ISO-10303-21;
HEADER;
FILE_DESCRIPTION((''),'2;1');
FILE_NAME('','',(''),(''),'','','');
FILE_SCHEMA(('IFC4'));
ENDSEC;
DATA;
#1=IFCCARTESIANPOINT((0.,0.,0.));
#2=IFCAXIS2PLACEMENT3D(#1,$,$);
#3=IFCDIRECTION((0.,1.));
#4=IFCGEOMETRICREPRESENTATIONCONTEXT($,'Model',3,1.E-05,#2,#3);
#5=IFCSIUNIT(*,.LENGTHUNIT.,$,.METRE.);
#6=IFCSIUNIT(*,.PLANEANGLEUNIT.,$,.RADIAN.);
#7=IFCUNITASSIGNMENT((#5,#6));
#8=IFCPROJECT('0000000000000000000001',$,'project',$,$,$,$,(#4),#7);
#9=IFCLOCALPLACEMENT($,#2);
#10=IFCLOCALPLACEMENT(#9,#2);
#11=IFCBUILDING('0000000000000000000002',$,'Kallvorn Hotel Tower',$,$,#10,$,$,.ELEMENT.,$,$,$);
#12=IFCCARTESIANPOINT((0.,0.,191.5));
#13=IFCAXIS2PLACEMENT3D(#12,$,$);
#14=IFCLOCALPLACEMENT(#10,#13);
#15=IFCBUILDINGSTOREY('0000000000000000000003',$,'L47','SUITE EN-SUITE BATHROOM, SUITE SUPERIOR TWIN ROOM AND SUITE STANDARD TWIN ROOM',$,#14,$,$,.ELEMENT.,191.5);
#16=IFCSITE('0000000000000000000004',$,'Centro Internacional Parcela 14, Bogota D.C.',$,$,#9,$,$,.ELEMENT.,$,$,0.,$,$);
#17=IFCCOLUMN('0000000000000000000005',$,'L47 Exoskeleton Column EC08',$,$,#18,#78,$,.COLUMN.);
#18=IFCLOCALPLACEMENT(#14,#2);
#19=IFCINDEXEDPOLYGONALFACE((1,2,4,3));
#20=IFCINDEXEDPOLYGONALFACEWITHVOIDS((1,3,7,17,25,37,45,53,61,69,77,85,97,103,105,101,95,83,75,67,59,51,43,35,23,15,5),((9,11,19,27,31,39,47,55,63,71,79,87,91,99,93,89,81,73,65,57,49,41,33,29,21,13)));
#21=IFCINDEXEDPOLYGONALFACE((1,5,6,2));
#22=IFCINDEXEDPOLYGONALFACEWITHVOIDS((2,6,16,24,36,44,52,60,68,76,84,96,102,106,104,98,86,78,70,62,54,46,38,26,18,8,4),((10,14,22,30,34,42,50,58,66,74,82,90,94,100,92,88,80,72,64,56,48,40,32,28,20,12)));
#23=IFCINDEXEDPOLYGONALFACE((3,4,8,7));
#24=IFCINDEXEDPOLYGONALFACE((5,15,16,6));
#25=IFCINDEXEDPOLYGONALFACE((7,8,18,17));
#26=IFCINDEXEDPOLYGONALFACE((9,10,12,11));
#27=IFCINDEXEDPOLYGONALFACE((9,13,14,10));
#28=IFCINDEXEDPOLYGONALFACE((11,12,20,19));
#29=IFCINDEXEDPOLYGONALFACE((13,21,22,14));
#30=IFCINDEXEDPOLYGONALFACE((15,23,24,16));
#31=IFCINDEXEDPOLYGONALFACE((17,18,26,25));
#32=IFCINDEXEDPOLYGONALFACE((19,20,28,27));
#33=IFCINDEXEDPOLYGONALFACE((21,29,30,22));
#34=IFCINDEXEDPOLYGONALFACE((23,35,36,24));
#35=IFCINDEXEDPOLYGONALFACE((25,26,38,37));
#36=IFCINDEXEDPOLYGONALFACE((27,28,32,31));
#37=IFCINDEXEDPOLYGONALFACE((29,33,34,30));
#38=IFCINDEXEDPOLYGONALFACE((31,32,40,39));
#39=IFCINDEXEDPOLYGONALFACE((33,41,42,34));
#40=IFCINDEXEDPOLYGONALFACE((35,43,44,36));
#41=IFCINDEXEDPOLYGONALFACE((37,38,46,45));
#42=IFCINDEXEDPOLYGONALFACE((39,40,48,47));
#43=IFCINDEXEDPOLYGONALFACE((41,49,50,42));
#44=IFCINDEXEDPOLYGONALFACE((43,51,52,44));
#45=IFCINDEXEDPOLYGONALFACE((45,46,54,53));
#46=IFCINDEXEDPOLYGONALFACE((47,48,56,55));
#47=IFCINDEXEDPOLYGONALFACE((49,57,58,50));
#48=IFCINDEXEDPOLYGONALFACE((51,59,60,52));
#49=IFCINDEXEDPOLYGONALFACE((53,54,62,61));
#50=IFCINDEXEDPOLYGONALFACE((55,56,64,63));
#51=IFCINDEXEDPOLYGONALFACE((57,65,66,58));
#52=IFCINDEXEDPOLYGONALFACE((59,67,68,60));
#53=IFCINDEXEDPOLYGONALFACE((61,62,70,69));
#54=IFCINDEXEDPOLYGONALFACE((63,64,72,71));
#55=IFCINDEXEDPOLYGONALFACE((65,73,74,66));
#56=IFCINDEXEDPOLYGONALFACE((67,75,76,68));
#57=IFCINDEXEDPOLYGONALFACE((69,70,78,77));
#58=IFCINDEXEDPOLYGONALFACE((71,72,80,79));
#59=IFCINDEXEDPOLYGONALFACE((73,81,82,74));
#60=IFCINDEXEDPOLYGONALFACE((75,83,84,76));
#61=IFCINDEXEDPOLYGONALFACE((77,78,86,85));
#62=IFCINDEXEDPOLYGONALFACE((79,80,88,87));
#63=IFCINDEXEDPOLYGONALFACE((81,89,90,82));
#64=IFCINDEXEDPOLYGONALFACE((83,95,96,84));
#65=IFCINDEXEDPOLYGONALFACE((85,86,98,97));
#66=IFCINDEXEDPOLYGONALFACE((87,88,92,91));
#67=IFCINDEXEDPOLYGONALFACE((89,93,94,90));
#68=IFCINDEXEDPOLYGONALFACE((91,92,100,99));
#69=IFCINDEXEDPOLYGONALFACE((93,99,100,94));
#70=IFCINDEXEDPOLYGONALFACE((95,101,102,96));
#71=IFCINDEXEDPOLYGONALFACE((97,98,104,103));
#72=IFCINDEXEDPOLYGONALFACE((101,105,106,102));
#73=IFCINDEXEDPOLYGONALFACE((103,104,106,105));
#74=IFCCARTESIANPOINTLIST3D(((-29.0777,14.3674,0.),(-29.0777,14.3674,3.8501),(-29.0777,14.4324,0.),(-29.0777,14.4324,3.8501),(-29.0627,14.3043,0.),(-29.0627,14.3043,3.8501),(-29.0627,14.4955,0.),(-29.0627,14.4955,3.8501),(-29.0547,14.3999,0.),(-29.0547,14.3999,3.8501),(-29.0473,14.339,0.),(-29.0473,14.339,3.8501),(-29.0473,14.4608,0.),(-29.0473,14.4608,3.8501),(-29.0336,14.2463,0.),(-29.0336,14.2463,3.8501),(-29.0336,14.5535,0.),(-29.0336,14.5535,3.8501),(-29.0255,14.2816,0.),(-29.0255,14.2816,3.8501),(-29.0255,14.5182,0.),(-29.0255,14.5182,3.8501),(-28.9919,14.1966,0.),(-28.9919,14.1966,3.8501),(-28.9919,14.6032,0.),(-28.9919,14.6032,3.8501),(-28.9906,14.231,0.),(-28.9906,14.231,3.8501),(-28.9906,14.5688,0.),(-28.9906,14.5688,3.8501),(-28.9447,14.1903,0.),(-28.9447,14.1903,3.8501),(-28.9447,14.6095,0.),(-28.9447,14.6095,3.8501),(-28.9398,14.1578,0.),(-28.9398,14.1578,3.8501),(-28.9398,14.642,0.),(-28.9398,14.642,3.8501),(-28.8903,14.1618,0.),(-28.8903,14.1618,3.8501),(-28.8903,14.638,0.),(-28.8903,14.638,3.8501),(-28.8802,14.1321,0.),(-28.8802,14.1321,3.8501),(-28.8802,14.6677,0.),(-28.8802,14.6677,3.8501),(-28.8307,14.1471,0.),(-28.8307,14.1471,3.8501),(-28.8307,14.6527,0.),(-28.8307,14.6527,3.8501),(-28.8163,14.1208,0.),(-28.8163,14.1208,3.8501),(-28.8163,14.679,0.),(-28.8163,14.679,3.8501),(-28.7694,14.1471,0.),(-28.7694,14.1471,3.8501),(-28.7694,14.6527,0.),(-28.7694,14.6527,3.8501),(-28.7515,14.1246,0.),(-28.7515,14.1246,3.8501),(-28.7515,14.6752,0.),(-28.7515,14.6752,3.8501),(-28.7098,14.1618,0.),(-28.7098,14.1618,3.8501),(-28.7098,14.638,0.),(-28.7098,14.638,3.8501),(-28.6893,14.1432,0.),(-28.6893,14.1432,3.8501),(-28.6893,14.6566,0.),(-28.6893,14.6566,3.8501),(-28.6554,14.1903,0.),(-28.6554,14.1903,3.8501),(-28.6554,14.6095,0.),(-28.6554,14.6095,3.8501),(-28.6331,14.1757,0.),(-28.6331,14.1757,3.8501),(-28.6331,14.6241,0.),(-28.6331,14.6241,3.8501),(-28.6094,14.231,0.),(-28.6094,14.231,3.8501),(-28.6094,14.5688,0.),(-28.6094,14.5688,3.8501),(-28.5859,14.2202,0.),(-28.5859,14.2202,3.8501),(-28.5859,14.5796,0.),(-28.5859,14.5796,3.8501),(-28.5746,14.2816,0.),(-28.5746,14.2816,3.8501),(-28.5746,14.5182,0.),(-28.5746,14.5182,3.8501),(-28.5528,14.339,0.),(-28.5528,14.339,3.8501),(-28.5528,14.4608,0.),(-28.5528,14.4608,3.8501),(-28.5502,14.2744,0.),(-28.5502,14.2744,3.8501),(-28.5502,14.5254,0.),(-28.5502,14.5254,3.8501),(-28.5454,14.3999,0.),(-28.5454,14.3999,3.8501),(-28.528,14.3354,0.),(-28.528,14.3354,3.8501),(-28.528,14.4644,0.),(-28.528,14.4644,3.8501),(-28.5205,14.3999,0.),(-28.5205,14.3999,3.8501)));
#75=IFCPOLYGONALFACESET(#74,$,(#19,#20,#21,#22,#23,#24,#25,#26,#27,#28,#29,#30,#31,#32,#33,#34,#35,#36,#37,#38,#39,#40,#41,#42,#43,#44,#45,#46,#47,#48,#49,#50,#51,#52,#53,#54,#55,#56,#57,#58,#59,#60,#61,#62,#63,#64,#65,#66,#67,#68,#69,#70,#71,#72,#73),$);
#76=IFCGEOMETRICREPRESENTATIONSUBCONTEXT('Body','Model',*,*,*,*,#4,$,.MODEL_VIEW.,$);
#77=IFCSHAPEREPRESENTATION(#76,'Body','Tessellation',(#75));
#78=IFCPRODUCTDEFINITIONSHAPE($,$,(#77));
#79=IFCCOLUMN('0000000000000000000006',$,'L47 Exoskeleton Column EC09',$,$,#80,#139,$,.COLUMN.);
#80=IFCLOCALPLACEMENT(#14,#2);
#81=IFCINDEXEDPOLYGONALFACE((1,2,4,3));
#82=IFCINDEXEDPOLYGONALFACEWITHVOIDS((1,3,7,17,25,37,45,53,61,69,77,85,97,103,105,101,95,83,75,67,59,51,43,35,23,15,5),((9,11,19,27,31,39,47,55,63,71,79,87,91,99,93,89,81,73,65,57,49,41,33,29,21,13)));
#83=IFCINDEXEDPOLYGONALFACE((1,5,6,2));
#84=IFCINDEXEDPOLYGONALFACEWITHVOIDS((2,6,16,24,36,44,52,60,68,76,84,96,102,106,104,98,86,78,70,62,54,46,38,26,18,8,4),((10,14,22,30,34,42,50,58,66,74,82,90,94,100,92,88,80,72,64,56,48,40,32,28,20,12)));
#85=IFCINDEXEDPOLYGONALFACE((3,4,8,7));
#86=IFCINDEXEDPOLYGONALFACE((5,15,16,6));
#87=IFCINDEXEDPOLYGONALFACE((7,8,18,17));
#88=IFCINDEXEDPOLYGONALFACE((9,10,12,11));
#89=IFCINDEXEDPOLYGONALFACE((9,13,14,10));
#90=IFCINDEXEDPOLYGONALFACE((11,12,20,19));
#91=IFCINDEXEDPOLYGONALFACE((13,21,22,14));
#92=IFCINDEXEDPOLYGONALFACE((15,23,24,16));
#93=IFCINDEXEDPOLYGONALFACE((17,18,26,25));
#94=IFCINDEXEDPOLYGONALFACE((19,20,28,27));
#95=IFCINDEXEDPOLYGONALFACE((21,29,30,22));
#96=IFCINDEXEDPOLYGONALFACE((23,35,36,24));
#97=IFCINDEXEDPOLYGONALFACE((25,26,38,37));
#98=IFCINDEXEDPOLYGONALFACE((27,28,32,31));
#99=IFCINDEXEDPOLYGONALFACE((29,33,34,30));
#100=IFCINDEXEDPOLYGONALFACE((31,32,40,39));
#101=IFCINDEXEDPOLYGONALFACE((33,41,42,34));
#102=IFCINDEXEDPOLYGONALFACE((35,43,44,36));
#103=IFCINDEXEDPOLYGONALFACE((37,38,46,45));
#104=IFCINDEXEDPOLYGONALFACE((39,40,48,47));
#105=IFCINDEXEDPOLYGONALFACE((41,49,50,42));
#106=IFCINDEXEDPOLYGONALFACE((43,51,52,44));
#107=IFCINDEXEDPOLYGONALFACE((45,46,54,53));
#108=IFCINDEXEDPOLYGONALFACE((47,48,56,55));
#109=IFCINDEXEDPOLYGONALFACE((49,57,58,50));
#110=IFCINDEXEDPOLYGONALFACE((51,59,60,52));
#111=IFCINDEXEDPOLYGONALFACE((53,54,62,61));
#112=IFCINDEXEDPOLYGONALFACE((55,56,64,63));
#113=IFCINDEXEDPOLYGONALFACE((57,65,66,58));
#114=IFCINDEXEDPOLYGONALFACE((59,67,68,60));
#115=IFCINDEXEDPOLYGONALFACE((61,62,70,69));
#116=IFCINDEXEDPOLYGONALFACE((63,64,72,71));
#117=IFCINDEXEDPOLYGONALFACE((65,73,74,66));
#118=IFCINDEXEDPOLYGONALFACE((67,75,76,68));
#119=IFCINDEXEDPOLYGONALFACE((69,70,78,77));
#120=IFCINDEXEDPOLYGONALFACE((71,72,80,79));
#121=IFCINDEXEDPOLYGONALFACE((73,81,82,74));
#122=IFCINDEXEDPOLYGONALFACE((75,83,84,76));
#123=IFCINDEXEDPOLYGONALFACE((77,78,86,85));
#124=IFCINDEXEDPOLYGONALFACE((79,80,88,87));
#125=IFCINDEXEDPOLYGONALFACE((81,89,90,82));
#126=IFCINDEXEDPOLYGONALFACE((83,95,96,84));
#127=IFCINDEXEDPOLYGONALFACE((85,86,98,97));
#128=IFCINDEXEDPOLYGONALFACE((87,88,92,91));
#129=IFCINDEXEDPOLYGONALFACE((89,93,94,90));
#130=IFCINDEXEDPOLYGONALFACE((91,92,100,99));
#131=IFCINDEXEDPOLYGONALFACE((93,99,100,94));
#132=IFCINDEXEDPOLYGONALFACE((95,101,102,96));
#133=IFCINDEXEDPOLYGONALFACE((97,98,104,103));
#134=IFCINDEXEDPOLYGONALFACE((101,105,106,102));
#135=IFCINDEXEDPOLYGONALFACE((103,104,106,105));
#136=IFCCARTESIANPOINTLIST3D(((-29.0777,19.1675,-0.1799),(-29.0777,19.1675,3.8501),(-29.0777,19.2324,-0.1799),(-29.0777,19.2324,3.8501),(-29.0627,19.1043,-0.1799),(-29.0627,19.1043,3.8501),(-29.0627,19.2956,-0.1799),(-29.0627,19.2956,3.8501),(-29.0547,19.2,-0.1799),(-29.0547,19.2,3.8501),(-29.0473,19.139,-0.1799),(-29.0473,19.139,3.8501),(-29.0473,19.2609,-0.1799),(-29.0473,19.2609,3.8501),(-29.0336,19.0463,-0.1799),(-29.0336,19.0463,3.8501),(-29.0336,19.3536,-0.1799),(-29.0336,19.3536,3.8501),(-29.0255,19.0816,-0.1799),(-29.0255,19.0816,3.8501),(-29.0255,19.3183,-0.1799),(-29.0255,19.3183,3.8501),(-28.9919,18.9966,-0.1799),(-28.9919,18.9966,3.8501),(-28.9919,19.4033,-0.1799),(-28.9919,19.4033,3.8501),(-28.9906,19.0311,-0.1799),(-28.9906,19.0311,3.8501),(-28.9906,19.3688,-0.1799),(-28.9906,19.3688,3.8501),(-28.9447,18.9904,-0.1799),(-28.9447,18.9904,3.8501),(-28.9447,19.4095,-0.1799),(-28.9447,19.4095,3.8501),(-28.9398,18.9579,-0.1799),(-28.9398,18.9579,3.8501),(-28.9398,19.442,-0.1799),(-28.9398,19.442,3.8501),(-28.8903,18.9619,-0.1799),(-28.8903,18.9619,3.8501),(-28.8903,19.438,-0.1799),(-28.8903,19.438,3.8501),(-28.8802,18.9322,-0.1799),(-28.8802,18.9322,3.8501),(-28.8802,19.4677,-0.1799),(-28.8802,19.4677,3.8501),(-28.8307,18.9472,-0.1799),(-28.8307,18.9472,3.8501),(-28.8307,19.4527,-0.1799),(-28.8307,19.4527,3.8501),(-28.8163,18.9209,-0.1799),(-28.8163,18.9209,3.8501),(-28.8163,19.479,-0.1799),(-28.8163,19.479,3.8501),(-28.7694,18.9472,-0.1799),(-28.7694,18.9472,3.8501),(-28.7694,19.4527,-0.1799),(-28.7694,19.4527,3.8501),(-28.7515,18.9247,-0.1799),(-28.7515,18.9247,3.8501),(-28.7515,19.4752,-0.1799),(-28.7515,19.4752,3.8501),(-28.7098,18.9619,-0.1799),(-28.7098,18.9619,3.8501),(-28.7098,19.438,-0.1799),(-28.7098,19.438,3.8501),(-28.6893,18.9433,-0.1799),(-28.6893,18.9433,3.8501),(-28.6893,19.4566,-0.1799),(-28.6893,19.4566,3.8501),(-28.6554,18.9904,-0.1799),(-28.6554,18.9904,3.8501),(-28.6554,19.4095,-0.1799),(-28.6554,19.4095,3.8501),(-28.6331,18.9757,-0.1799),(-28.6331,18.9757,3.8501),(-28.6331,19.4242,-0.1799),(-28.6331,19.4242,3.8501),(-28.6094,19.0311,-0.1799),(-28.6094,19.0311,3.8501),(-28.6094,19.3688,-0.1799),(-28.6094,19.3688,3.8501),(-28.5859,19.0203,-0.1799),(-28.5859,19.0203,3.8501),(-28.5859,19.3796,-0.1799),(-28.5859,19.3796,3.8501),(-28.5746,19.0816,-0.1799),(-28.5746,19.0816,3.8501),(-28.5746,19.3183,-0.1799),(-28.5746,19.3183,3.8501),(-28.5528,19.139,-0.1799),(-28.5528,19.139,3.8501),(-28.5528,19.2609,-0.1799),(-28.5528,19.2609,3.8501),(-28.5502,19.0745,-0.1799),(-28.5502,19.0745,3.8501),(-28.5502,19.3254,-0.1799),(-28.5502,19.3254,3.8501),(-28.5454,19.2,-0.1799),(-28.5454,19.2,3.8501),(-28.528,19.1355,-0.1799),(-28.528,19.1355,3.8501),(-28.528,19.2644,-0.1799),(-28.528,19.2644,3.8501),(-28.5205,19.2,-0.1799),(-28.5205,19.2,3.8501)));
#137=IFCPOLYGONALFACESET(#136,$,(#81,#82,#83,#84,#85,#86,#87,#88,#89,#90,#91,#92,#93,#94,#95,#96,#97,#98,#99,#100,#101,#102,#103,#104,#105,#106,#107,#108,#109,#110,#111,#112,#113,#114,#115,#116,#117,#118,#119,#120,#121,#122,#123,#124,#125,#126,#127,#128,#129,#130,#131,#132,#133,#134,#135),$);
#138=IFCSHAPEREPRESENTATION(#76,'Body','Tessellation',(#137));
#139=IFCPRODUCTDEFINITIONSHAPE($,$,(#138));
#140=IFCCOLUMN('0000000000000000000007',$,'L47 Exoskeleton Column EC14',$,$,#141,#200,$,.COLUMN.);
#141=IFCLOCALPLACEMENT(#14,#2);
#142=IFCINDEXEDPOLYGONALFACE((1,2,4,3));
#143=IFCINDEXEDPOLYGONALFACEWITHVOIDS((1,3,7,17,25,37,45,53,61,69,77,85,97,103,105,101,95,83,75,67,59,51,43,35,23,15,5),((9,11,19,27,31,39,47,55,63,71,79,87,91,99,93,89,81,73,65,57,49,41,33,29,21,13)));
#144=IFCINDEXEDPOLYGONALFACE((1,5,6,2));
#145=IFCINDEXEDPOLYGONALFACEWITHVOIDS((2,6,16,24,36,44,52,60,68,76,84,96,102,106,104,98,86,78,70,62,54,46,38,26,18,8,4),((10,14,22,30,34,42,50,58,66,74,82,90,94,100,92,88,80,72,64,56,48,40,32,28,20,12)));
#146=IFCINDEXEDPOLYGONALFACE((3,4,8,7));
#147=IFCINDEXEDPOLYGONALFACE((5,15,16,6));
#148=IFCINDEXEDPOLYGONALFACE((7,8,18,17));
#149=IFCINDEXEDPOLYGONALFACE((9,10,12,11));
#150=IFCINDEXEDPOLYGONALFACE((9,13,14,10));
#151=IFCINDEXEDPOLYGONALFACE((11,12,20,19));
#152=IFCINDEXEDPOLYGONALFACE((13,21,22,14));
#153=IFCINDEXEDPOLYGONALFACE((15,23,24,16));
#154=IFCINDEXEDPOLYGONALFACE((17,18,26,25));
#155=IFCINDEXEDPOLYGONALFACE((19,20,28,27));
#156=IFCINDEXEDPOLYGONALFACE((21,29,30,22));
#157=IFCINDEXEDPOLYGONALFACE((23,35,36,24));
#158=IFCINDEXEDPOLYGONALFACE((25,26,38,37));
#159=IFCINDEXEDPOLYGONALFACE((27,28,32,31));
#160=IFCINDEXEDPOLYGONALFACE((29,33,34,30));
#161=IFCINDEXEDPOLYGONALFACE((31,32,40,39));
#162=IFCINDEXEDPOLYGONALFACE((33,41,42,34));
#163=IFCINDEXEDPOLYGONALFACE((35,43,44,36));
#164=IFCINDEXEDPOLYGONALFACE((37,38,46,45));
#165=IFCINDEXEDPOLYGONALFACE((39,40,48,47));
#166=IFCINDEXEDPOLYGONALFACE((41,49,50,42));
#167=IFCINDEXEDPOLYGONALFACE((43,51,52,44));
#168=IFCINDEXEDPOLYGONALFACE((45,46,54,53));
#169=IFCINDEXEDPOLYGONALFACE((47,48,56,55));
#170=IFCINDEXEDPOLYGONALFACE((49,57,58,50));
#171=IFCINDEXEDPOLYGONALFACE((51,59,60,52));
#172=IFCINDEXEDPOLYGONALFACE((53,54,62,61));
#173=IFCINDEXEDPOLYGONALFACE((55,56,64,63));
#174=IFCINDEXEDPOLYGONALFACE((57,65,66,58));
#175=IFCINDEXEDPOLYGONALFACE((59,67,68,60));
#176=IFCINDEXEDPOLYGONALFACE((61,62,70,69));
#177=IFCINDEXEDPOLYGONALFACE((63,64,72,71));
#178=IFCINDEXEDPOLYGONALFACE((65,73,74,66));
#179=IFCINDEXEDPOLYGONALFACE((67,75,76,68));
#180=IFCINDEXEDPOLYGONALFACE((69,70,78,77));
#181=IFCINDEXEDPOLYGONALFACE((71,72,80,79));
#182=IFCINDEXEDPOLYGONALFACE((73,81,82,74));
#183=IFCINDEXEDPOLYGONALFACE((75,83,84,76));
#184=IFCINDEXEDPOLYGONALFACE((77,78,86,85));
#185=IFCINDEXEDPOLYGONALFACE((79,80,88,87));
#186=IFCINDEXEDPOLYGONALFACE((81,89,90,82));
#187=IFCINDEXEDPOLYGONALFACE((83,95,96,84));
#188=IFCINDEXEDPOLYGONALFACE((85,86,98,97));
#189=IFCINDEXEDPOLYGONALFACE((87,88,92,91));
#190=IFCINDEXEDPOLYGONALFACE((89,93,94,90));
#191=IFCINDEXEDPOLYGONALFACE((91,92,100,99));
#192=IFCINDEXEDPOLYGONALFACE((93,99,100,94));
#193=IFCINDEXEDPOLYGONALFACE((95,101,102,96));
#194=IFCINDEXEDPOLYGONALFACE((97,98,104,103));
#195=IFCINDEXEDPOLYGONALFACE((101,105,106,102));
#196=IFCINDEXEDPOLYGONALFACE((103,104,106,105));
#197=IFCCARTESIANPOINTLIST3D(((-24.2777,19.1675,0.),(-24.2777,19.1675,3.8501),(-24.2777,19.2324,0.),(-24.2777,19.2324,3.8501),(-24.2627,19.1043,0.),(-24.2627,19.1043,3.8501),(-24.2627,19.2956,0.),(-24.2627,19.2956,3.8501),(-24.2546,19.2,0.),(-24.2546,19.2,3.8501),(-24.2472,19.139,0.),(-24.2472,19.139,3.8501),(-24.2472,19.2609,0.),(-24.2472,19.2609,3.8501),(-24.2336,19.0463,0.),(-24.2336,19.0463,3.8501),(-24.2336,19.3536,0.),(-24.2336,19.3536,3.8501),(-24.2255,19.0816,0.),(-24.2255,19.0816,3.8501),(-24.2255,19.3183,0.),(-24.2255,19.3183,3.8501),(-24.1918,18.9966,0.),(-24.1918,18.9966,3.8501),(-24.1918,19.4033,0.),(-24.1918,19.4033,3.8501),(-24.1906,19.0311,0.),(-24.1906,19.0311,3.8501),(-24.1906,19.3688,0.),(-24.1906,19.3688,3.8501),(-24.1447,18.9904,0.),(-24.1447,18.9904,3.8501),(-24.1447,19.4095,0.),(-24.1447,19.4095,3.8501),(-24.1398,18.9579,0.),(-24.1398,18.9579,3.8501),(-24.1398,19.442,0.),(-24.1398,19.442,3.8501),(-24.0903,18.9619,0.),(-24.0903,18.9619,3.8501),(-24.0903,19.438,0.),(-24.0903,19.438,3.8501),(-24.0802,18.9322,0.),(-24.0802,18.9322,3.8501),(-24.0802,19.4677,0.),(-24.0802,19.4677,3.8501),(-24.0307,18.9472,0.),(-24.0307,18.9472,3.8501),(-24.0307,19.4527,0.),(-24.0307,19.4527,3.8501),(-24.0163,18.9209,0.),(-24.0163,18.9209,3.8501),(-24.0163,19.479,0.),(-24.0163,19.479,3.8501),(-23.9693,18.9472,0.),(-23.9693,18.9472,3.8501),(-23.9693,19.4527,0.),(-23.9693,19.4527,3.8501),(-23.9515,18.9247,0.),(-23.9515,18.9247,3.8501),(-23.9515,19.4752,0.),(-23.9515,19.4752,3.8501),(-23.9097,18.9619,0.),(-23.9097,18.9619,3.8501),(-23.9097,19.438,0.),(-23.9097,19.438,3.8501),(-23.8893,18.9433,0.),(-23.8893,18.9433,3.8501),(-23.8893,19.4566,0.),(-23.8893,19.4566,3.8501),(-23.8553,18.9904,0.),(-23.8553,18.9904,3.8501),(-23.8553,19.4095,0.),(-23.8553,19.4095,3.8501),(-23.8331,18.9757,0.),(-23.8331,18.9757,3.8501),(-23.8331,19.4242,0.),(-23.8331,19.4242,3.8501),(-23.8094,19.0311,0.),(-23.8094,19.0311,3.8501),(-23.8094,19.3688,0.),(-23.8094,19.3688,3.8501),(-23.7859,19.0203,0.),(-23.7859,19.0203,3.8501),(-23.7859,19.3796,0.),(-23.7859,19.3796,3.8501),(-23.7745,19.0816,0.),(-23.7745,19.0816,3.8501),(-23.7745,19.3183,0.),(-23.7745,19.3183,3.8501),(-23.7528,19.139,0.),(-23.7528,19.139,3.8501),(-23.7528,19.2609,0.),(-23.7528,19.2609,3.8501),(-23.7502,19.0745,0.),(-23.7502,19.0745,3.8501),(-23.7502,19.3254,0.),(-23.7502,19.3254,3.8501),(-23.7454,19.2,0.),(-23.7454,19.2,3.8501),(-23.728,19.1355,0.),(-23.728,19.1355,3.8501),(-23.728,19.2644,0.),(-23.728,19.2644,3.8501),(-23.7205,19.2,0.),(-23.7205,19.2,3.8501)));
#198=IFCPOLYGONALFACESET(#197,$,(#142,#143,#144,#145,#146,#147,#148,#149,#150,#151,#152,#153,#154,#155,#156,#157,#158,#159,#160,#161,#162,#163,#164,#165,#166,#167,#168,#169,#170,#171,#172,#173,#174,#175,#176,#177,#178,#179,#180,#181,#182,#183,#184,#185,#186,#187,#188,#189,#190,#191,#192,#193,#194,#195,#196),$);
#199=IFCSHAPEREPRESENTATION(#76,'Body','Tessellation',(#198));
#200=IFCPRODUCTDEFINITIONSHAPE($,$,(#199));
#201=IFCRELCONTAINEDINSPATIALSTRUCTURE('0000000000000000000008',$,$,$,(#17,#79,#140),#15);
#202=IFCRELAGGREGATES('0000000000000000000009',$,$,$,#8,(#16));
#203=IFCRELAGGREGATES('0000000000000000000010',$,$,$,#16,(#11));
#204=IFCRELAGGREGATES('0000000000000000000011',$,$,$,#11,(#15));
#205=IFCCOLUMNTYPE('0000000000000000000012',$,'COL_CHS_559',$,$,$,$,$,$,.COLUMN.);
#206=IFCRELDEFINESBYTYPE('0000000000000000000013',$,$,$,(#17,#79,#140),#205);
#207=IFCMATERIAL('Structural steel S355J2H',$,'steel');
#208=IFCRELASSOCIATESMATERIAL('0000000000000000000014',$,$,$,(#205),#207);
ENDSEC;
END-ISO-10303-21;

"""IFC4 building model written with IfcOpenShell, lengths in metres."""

from ifc_helpers import new_model, si_unit, direction, frame, origin, origin_2d, place, context, subcontext, project, spatial, hollow_circle, extrude, material, material_profile, profile_set, type_object, element, save


model = new_model("IFC4")

# Units and contexts
model_context = context("Model", 3, precision=1e-05, world=origin(), true_north=direction((0.0, 1.0)))
body_context = subcontext(model_context, "Body", "Model", "MODEL_VIEW")
ifc_project = project(units=[si_unit("LENGTHUNIT", "METRE"), si_unit("PLANEANGLEUNIT", "RADIAN")], contexts=[model_context])

# Site, building, storey
site_placement = place(None, origin())
site = spatial("IfcSite", under=ifc_project, at=site_placement, Name="Centro Internacional Parcela 14, Bogota D.C.", CompositionType="ELEMENT", RefElevation=0.0)
building_placement = place(site_placement, origin())
building = spatial("IfcBuilding", under=site, at=building_placement, Name="Kallvorn Hotel Tower", CompositionType="ELEMENT")
storey_placement = place(building_placement, frame((0.0, 0.0, 191.5)))
storey = spatial("IfcBuildingStorey", under=building, at=storey_placement, Name="L47", Description="SUITE EN-SUITE BATHROOM, SUITE SUPERIOR TWIN ROOM AND SUITE STANDARD TWIN ROOM", CompositionType="ELEMENT", Elevation=191.5)

# Columns
ifc_material_1 = material(Name="Structural steel S355J2H", Category="steel")
ifc_material_profile_1 = material_profile(ifc_material_1, hollow_circle(Radius=0.2795, WallThickness=0.0249, at=origin_2d()), Name="CHS 559x25")
ifc_profile_set_1 = profile_set([ifc_material_profile_1], Name="Structural steel S355J2H")
column_type_1 = type_object("IfcColumnType", Name="COL_CHS_559", PredefinedType="COLUMN", material=ifc_profile_set_1)
column_1_placement = place(storey_placement, frame((-28.8, 14.3999, 0.0), z_axis=(0.0, 0.0, 1.0), x_axis=(1.0, 0.0, 0.0)))
element("IfcColumn", 1, at=column_1_placement, inside=storey, type_object=column_type_1, Name="L47 Exoskeleton Column EC08", PredefinedType="COLUMN", context=body_context, shape_type="SweptSolid", body=[
    extrude(hollow_circle(Radius=0.2795, WallThickness=0.0249, at=origin_2d()), origin(), (0.0, 0.0, 1.0), 3.8501),
])
column_2_placement = place(storey_placement, frame((-28.8, 19.2, -0.1799), z_axis=(0.0, 0.0, 1.0), x_axis=(1.0, 0.0, 0.0)))
element("IfcColumn", 2, at=column_2_placement, inside=storey, type_object=column_type_1, Name="L47 Exoskeleton Column EC09", PredefinedType="COLUMN", context=body_context, shape_type="SweptSolid", body=[
    extrude(hollow_circle(Radius=0.2795, WallThickness=0.0249, at=origin_2d()), origin(), (0.0, 0.0, 1.0), 4.03),
])
for number, where, z_axis, x_axis, name in (
    (3, (-24.0, 19.2, 0.0), (0.0, 0.0, 1.0), (1.0, 0.0, 0.0), "L47 Exoskeleton Column EC14"),
):
    element("IfcColumn", number, at=place(storey_placement, frame(where, z_axis=z_axis, x_axis=x_axis)), inside=storey, type_object=column_type_1, Name=name, PredefinedType="COLUMN", context=body_context, shape_type="SweptSolid", body=[
        extrude(hollow_circle(Radius=0.2795, WallThickness=0.0249, at=origin_2d()), origin(), (0.0, 0.0, 1.0), 3.8501),
    ])

save(model, "model.ifc")
